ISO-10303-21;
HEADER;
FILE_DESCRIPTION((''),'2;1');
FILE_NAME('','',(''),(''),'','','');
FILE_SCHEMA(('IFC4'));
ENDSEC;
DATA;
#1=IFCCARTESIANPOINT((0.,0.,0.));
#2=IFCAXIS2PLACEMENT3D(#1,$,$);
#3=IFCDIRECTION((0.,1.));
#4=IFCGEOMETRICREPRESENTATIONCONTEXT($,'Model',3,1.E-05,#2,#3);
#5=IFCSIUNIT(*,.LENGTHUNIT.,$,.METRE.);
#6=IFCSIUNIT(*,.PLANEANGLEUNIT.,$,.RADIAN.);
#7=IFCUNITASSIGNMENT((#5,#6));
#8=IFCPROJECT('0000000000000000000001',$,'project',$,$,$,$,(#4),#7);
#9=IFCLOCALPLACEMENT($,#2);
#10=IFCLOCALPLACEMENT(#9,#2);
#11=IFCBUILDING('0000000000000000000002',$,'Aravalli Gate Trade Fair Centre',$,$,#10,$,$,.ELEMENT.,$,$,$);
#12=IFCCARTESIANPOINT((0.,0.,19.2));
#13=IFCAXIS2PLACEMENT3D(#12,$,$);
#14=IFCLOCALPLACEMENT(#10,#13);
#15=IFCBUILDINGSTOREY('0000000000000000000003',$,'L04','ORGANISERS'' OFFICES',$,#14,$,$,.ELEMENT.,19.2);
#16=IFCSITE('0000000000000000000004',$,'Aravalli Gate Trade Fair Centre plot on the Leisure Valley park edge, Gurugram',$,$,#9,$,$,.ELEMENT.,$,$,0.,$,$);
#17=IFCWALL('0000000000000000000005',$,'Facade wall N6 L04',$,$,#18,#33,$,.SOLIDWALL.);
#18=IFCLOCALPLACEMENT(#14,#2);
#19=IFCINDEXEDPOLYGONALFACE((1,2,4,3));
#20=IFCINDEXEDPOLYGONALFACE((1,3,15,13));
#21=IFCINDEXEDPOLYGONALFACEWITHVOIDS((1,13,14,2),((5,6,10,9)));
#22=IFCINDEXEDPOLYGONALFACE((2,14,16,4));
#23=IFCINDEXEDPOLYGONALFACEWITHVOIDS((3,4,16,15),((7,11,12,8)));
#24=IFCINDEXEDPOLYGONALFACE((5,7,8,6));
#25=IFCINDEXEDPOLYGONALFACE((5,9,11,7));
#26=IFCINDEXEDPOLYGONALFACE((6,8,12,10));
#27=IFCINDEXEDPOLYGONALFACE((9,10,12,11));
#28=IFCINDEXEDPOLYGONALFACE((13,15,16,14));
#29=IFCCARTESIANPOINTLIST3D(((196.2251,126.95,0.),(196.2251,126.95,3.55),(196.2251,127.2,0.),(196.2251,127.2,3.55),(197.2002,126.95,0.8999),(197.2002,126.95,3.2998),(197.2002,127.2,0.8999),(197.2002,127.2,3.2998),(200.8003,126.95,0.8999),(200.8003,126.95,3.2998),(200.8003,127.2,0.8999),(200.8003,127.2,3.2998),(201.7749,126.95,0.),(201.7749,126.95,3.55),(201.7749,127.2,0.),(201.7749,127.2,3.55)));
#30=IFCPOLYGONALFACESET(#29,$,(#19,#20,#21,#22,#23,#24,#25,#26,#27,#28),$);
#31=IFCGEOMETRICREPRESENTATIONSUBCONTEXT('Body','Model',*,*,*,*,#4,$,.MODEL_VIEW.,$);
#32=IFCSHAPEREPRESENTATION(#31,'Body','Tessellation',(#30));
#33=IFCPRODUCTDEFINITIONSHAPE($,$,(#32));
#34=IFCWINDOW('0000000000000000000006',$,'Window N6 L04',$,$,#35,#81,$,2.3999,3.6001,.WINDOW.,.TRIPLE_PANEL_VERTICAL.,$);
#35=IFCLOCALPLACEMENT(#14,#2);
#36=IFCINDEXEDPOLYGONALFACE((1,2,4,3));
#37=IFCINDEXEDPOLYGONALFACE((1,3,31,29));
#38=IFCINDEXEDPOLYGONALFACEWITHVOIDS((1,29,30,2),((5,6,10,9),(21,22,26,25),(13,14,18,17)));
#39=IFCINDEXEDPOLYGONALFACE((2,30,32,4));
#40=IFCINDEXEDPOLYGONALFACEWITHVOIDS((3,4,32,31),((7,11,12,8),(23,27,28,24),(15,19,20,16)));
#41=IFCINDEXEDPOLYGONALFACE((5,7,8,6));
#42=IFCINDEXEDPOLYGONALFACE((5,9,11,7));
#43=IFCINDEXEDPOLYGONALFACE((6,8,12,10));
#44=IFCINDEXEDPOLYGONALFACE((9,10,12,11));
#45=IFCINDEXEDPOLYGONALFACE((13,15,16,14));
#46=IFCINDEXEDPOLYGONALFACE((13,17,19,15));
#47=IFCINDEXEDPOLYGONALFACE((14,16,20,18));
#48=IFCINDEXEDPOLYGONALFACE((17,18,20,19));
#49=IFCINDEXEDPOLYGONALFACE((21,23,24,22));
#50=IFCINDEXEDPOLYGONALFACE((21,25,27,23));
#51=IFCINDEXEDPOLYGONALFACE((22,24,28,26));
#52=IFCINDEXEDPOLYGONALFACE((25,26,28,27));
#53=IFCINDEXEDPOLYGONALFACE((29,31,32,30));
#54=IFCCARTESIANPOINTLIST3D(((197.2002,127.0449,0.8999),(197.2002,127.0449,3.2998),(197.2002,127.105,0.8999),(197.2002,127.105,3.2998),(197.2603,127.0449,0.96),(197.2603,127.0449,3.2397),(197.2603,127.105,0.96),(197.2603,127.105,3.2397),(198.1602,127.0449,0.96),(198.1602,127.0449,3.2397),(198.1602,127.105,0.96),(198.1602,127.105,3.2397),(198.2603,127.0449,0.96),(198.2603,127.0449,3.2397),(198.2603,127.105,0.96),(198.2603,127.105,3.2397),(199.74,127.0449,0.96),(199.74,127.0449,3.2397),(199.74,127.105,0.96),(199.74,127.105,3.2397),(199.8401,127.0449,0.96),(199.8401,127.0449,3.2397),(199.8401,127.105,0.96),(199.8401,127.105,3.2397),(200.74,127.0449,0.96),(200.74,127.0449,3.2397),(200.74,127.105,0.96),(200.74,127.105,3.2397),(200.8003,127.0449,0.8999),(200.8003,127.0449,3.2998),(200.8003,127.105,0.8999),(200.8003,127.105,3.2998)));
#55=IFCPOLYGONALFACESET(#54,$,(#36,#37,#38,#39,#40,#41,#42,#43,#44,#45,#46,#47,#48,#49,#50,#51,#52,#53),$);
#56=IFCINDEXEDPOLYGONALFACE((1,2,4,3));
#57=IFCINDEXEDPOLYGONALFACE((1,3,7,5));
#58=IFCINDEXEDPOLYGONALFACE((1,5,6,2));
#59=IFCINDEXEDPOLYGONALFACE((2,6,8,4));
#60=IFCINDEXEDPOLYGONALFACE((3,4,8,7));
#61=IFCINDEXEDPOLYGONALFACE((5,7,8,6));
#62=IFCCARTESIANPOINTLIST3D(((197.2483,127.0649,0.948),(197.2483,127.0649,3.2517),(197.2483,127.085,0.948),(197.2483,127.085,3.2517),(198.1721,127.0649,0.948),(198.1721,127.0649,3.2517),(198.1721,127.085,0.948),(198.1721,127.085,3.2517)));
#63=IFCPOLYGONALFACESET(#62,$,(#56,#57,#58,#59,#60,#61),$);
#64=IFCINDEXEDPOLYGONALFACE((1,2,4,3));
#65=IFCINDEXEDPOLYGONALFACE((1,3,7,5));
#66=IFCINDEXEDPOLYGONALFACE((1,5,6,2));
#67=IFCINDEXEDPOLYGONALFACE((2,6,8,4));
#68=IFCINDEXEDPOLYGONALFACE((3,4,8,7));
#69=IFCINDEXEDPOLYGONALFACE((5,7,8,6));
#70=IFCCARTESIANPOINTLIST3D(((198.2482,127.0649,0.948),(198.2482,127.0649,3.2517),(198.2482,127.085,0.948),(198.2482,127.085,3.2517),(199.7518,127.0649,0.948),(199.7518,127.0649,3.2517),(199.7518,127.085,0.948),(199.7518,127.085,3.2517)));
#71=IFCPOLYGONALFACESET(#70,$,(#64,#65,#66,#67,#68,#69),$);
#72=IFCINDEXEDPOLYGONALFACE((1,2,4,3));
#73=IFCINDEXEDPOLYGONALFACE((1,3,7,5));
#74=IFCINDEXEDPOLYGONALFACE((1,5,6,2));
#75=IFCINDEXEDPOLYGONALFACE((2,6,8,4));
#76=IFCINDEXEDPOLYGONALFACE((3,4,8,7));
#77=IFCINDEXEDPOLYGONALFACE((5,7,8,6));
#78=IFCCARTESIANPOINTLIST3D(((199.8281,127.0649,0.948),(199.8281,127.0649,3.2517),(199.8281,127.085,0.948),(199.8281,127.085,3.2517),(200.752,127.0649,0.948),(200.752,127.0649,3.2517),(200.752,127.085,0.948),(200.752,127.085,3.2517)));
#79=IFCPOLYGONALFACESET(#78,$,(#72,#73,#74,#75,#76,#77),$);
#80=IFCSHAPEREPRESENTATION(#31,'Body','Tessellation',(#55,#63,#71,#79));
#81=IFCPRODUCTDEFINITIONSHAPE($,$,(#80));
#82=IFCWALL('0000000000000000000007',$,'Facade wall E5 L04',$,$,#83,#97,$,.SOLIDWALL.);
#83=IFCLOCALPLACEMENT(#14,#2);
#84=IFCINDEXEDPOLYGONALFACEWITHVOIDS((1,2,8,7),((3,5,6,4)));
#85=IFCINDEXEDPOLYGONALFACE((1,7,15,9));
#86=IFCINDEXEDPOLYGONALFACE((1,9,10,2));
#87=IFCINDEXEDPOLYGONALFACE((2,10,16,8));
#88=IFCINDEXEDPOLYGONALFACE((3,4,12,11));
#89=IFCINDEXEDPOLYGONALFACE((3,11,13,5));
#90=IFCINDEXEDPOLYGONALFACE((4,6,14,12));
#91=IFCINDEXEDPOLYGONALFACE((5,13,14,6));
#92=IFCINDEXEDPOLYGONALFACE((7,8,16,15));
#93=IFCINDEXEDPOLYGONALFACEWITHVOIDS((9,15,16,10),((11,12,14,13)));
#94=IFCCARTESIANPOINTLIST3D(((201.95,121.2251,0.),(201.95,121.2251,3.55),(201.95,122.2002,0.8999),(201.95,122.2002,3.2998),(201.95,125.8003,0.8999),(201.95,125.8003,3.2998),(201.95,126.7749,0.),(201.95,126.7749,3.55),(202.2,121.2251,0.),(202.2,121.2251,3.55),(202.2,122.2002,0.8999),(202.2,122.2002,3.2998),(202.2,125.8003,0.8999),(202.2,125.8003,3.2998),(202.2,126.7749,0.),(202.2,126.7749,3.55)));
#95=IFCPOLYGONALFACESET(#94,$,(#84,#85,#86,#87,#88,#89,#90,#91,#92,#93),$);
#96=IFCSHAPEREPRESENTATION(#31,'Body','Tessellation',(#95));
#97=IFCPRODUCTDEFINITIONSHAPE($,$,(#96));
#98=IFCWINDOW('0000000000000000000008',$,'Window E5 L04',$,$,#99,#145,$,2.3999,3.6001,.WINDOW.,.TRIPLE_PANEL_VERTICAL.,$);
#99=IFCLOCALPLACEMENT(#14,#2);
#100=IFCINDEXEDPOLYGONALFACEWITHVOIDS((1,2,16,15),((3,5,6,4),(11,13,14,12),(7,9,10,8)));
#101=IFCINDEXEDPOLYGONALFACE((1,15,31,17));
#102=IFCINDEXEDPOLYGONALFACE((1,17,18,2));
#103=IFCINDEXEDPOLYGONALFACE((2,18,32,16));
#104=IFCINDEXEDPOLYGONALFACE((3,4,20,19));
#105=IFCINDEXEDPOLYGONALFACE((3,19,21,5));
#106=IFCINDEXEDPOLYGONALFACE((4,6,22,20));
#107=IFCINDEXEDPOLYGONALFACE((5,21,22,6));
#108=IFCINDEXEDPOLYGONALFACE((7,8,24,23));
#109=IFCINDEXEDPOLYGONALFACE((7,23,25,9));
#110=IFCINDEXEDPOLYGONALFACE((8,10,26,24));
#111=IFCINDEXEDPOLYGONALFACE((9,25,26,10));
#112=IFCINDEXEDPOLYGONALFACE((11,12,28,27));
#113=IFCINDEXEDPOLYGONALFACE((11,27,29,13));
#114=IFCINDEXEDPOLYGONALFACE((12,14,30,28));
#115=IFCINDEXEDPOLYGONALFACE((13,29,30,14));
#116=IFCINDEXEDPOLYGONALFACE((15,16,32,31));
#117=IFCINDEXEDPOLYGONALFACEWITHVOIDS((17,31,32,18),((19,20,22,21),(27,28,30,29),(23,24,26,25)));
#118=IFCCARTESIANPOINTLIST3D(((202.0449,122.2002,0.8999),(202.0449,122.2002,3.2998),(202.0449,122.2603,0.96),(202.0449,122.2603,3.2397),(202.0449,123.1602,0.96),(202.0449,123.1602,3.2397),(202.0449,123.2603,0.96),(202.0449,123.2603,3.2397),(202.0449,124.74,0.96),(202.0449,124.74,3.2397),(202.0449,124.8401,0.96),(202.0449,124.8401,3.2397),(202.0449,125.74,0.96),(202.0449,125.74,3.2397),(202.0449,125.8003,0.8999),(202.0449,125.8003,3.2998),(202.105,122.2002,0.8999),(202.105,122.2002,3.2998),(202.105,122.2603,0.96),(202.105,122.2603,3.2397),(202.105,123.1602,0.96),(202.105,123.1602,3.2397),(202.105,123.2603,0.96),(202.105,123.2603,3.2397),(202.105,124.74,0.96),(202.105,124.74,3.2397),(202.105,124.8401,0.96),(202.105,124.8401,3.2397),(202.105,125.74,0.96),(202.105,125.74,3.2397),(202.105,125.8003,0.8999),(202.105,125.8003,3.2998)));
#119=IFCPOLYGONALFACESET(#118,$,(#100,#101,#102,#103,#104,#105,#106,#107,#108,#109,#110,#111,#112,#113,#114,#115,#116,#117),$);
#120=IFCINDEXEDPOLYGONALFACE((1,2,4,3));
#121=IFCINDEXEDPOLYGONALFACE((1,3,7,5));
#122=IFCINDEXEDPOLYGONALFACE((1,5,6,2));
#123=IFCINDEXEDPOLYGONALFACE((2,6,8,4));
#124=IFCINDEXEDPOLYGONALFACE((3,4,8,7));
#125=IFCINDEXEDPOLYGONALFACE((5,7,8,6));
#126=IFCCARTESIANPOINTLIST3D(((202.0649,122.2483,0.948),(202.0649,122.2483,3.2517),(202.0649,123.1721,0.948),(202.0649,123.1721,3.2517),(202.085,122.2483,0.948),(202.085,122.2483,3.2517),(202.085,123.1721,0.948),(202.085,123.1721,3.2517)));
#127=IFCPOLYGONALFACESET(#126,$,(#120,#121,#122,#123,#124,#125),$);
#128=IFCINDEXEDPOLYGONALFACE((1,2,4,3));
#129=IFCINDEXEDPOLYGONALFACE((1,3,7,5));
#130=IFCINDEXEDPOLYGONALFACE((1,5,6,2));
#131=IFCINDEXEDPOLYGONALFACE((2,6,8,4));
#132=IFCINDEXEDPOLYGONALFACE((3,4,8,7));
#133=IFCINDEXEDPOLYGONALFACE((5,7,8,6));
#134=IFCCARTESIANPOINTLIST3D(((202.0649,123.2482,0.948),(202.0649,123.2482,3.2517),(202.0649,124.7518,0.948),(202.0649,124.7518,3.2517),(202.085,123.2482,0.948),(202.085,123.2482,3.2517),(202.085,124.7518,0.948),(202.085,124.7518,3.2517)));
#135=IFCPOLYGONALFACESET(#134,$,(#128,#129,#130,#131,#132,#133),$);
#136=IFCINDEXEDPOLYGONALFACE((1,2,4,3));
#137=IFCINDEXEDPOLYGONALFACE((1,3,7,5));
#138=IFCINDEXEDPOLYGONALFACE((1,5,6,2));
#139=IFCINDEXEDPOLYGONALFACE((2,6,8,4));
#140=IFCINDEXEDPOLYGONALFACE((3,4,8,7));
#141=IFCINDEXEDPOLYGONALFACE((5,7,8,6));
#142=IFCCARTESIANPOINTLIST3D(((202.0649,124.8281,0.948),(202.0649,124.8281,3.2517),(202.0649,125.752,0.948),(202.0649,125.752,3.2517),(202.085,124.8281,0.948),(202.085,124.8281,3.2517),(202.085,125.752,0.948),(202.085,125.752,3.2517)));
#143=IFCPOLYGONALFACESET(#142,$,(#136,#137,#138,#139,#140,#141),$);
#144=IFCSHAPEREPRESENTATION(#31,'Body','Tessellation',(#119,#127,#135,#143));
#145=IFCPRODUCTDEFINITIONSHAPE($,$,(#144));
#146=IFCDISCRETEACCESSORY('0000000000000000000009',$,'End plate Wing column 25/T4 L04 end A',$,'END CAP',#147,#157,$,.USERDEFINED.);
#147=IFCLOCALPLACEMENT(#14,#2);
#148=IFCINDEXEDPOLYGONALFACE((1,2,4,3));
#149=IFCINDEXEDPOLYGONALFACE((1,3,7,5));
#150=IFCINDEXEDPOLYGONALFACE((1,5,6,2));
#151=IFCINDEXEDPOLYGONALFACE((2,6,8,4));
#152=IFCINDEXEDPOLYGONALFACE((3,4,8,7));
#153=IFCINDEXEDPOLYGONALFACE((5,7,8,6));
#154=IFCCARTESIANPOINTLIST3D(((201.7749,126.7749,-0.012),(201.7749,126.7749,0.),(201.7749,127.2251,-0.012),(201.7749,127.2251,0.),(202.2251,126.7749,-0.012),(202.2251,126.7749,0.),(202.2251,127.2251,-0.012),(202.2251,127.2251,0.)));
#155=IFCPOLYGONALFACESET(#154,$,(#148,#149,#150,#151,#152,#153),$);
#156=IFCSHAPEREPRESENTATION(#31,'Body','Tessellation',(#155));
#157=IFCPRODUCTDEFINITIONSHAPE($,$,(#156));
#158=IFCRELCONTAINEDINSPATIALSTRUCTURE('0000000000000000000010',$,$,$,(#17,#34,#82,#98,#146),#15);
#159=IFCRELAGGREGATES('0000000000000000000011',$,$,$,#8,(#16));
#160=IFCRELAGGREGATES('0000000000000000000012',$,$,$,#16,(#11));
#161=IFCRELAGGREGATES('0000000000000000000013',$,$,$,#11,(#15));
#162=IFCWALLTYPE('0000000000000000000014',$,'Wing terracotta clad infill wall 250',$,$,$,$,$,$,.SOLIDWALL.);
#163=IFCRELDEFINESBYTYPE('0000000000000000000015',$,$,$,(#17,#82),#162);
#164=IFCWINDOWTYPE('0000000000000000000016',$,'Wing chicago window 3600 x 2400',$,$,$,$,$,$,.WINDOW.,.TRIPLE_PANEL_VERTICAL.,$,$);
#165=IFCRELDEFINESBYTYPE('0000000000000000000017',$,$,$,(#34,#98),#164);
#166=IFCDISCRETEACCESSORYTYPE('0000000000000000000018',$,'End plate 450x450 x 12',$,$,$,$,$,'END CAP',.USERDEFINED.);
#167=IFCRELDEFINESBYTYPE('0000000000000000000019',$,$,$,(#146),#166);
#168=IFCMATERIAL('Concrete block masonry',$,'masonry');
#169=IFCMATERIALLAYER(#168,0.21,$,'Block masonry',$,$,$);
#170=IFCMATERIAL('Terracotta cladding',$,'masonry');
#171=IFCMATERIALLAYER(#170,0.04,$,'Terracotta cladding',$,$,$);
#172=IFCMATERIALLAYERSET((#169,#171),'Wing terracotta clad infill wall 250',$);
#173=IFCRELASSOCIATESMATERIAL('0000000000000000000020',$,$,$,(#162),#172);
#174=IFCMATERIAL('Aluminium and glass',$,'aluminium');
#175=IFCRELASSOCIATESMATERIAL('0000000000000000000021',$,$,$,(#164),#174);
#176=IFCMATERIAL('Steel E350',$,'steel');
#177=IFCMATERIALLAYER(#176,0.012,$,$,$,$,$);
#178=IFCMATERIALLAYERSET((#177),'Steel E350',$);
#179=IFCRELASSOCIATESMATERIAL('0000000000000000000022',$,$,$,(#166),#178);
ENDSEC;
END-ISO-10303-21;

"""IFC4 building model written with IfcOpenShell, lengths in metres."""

from ifc_helpers import new_model, si_unit, direction, frame, frame_2d, origin, place, context, subcontext, project, spatial, polyline, rectangle, outline, extrude, material, layer, layer_set, type_object, element, fill, save


model = new_model("IFC4")

# Units and contexts
model_context = context("Model", 3, precision=1e-05, world=origin(), true_north=direction((0.0, 1.0)))
body_context = subcontext(model_context, "Body", "Model", "MODEL_VIEW")
ifc_project = project(units=[si_unit("LENGTHUNIT", "METRE"), si_unit("PLANEANGLEUNIT", "RADIAN")], contexts=[model_context])

# Site, building, storey
site_placement = place(None, origin())
site = spatial("IfcSite", under=ifc_project, at=site_placement, Name="Aravalli Gate Trade Fair Centre plot on the Leisure Valley park edge, Gurugram", CompositionType="ELEMENT", RefElevation=0.0)
building_placement = place(site_placement, origin())
building = spatial("IfcBuilding", under=site, at=building_placement, Name="Aravalli Gate Trade Fair Centre", CompositionType="ELEMENT")
storey_placement = place(building_placement, frame((0.0, 0.0, 19.2)))
storey = spatial("IfcBuildingStorey", under=building, at=storey_placement, Name="L04", Description="ORGANISERS' OFFICES", CompositionType="ELEMENT", Elevation=19.2)

# Shared definitions
ifc_material_1 = material(Name="Steel E350", Category="steel")

# Walls, openings, windows
ifc_material_2 = material(Name="Concrete block masonry", Category="masonry")
ifc_layer_1 = layer(ifc_material_2, 0.21, Name="Block masonry")
ifc_material_3 = material(Name="Terracotta cladding", Category="masonry")
ifc_layer_2 = layer(ifc_material_3, 0.04, Name="Terracotta cladding")
ifc_layer_set_1 = layer_set([ifc_layer_1, ifc_layer_2], Name="Wing terracotta clad infill wall 250")
wall_type_1 = type_object("IfcWallType", Name="Wing terracotta clad infill wall 250", PredefinedType="SOLIDWALL", material=ifc_layer_set_1)
ifc_material_4 = material(Name="Aluminium and glass", Category="aluminium")
window_type = type_object("IfcWindowType", Name="Wing chicago window 3600 x 2400", PartitioningType="TRIPLE_PANEL_VERTICAL", PredefinedType="WINDOW", material=ifc_material_4)
wall_1_placement = place(storey_placement, frame((196.2251, 127.075, 0.0), z_axis=(0.0, 0.0, 1.0), x_axis=(1.0, 0.0, 0.0)))
wall_1 = element("IfcWall", 1, at=wall_1_placement, inside=storey, type_object=wall_type_1, Name="Facade wall N6 L04", PredefinedType="SOLIDWALL", context=body_context, shape_type="SweptSolid", body=[
    extrude(rectangle(XDim=5.5498, YDim=0.25, at=frame_2d((2.7749, 0.0))), origin(), (0.0, 0.0, 1.0), 3.55),
])
opening_1_placement = place(wall_1_placement, frame((0.9751, 0.0, 0.8999)))
opening_1 = element("IfcOpeningElement", 2, at=opening_1_placement, cuts=wall_1, PredefinedType="OPENING", context=body_context, shape_type="SweptSolid", body=[
    extrude(rectangle(XDim=3.6001, YDim=2.3999, at=frame_2d((1.8, 1.2))), frame((0.0, 0.135, 0.0), z_axis=(0.0, -1.0, 0.0), x_axis=(1.0, 0.0, 0.0)), (0.0, 0.0, 1.0), 0.27),
])
window_1_placement = place(opening_1_placement, origin())
window_1 = element("IfcWindow", 3, at=window_1_placement, inside=storey, type_object=window_type, Name="Window N6 L04", OverallHeight=2.3999, OverallWidth=3.6001, PartitioningType="TRIPLE_PANEL_VERTICAL", PredefinedType="WINDOW", context=body_context, shape_type="SweptSolid", body=[
    extrude(outline(polyline([(0.0, 0.0), (3.6001, 0.0), (3.6001, 2.3999), (0.0, 2.3999), (0.0, 0.0)]), holes=[polyline([(0.0601, 0.0601), (0.96, 0.0601), (0.96, 2.3398), (0.0601, 2.3398), (0.0601, 0.0601)]), polyline([(1.0601, 0.0601), (2.5398, 0.0601), (2.5398, 2.3398), (1.0601, 2.3398), (1.0601, 0.0601)]), polyline([(2.6399, 0.0601), (3.5398, 0.0601), (3.5398, 2.3398), (2.6399, 2.3398), (2.6399, 0.0601)])]), frame((0.0, 0.03, 0.0), z_axis=(0.0, -1.0, 0.0), x_axis=(1.0, 0.0, 0.0)), (0.0, 0.0, 1.0), 0.0601),
    extrude(rectangle(XDim=0.9238, YDim=2.3037, at=frame_2d((0.51, 1.2))), frame((0.0, 0.01, 0.0), z_axis=(0.0, -1.0, 0.0), x_axis=(1.0, 0.0, 0.0)), (0.0, 0.0, 1.0), 0.02),
    extrude(rectangle(XDim=1.5037, YDim=2.3037, at=frame_2d((1.7998, 1.2))), frame((0.0, 0.01, 0.0), z_axis=(0.0, -1.0, 0.0), x_axis=(1.0, 0.0, 0.0)), (0.0, 0.0, 1.0), 0.02),
    extrude(rectangle(XDim=0.9238, YDim=2.3037, at=frame_2d((3.0898, 1.2))), frame((0.0, 0.01, 0.0), z_axis=(0.0, -1.0, 0.0), x_axis=(1.0, 0.0, 0.0)), (0.0, 0.0, 1.0), 0.02),
])
fill(opening_1, window_1)
wall_2_placement = place(storey_placement, frame((202.075, 121.2251, 0.0), z_axis=(0.0, 0.0, 1.0), x_axis=(0.0, 1.0, 0.0)))
wall_2 = element("IfcWall", 4, at=wall_2_placement, inside=storey, type_object=wall_type_1, Name="Facade wall E5 L04", PredefinedType="SOLIDWALL", context=body_context, shape_type="SweptSolid", body=[
    extrude(rectangle(XDim=5.5498, YDim=0.25, at=frame_2d((2.7749, 0.0))), origin(), (0.0, 0.0, 1.0), 3.55),
])
opening_2_placement = place(wall_2_placement, frame((0.9751, 0.0, 0.8999)))
opening_2 = element("IfcOpeningElement", 5, at=opening_2_placement, cuts=wall_2, PredefinedType="OPENING", context=body_context, shape_type="SweptSolid", body=[
    extrude(rectangle(XDim=3.6001, YDim=2.3999, at=frame_2d((1.8, 1.2))), frame((0.0, 0.135, 0.0), z_axis=(0.0, -1.0, 0.0), x_axis=(1.0, 0.0, 0.0)), (0.0, 0.0, 1.0), 0.27),
])
window_2_placement = place(opening_2_placement, origin())
window_2 = element("IfcWindow", 6, at=window_2_placement, inside=storey, type_object=window_type, Name="Window E5 L04", OverallHeight=2.3999, OverallWidth=3.6001, PartitioningType="TRIPLE_PANEL_VERTICAL", PredefinedType="WINDOW", context=body_context, shape_type="SweptSolid", body=[
    extrude(outline(polyline([(0.0, 0.0), (3.6001, 0.0), (3.6001, 2.3999), (0.0, 2.3999), (0.0, 0.0)]), holes=[polyline([(0.0601, 0.0601), (0.96, 0.0601), (0.96, 2.3398), (0.0601, 2.3398), (0.0601, 0.0601)]), polyline([(1.0601, 0.0601), (2.5398, 0.0601), (2.5398, 2.3398), (1.0601, 2.3398), (1.0601, 0.0601)]), polyline([(2.6399, 0.0601), (3.5398, 0.0601), (3.5398, 2.3398), (2.6399, 2.3398), (2.6399, 0.0601)])]), frame((0.0, 0.03, 0.0), z_axis=(0.0, -1.0, 0.0), x_axis=(1.0, 0.0, 0.0)), (0.0, 0.0, 1.0), 0.0601),
    extrude(rectangle(XDim=0.9238, YDim=2.3037, at=frame_2d((0.51, 1.2))), frame((0.0, 0.01, 0.0), z_axis=(0.0, -1.0, 0.0), x_axis=(1.0, 0.0, 0.0)), (0.0, 0.0, 1.0), 0.02),
    extrude(rectangle(XDim=1.5037, YDim=2.3037, at=frame_2d((1.7998, 1.2))), frame((0.0, 0.01, 0.0), z_axis=(0.0, -1.0, 0.0), x_axis=(1.0, 0.0, 0.0)), (0.0, 0.0, 1.0), 0.02),
    extrude(rectangle(XDim=0.9238, YDim=2.3037, at=frame_2d((3.0898, 1.2))), frame((0.0, 0.01, 0.0), z_axis=(0.0, -1.0, 0.0), x_axis=(1.0, 0.0, 0.0)), (0.0, 0.0, 1.0), 0.02),
])
fill(opening_2, window_2)

# Discrete accessory
ifc_layer_3 = layer(ifc_material_1, 0.012)
ifc_layer_set_2 = layer_set([ifc_layer_3], Name="Steel E350")
discrete_accessory_type = type_object("IfcDiscreteAccessoryType", Name="End plate 450x450 x 12", ElementType="END CAP", PredefinedType="USERDEFINED", material=ifc_layer_set_2)
discrete_accessory_placement = place(storey_placement, frame((201.7749, 126.7749, 0.0), z_axis=(0.0, 0.0, 1.0), x_axis=(1.0, 0.0, 0.0)))
element("IfcDiscreteAccessory", 7, at=discrete_accessory_placement, inside=storey, type_object=discrete_accessory_type, Name="End plate Wing column 25/T4 L04 end A", ObjectType="END CAP", PredefinedType="USERDEFINED", context=body_context, shape_type="SweptSolid", body=[
    extrude(outline(polyline([(0.0, 0.0), (0.4502, 0.0), (0.4502, 0.4502), (0.0, 0.4502), (0.0, 0.0)])), origin(), (0.0, 0.0, -1.0), 0.012),
])

save(model, "model.ifc")
